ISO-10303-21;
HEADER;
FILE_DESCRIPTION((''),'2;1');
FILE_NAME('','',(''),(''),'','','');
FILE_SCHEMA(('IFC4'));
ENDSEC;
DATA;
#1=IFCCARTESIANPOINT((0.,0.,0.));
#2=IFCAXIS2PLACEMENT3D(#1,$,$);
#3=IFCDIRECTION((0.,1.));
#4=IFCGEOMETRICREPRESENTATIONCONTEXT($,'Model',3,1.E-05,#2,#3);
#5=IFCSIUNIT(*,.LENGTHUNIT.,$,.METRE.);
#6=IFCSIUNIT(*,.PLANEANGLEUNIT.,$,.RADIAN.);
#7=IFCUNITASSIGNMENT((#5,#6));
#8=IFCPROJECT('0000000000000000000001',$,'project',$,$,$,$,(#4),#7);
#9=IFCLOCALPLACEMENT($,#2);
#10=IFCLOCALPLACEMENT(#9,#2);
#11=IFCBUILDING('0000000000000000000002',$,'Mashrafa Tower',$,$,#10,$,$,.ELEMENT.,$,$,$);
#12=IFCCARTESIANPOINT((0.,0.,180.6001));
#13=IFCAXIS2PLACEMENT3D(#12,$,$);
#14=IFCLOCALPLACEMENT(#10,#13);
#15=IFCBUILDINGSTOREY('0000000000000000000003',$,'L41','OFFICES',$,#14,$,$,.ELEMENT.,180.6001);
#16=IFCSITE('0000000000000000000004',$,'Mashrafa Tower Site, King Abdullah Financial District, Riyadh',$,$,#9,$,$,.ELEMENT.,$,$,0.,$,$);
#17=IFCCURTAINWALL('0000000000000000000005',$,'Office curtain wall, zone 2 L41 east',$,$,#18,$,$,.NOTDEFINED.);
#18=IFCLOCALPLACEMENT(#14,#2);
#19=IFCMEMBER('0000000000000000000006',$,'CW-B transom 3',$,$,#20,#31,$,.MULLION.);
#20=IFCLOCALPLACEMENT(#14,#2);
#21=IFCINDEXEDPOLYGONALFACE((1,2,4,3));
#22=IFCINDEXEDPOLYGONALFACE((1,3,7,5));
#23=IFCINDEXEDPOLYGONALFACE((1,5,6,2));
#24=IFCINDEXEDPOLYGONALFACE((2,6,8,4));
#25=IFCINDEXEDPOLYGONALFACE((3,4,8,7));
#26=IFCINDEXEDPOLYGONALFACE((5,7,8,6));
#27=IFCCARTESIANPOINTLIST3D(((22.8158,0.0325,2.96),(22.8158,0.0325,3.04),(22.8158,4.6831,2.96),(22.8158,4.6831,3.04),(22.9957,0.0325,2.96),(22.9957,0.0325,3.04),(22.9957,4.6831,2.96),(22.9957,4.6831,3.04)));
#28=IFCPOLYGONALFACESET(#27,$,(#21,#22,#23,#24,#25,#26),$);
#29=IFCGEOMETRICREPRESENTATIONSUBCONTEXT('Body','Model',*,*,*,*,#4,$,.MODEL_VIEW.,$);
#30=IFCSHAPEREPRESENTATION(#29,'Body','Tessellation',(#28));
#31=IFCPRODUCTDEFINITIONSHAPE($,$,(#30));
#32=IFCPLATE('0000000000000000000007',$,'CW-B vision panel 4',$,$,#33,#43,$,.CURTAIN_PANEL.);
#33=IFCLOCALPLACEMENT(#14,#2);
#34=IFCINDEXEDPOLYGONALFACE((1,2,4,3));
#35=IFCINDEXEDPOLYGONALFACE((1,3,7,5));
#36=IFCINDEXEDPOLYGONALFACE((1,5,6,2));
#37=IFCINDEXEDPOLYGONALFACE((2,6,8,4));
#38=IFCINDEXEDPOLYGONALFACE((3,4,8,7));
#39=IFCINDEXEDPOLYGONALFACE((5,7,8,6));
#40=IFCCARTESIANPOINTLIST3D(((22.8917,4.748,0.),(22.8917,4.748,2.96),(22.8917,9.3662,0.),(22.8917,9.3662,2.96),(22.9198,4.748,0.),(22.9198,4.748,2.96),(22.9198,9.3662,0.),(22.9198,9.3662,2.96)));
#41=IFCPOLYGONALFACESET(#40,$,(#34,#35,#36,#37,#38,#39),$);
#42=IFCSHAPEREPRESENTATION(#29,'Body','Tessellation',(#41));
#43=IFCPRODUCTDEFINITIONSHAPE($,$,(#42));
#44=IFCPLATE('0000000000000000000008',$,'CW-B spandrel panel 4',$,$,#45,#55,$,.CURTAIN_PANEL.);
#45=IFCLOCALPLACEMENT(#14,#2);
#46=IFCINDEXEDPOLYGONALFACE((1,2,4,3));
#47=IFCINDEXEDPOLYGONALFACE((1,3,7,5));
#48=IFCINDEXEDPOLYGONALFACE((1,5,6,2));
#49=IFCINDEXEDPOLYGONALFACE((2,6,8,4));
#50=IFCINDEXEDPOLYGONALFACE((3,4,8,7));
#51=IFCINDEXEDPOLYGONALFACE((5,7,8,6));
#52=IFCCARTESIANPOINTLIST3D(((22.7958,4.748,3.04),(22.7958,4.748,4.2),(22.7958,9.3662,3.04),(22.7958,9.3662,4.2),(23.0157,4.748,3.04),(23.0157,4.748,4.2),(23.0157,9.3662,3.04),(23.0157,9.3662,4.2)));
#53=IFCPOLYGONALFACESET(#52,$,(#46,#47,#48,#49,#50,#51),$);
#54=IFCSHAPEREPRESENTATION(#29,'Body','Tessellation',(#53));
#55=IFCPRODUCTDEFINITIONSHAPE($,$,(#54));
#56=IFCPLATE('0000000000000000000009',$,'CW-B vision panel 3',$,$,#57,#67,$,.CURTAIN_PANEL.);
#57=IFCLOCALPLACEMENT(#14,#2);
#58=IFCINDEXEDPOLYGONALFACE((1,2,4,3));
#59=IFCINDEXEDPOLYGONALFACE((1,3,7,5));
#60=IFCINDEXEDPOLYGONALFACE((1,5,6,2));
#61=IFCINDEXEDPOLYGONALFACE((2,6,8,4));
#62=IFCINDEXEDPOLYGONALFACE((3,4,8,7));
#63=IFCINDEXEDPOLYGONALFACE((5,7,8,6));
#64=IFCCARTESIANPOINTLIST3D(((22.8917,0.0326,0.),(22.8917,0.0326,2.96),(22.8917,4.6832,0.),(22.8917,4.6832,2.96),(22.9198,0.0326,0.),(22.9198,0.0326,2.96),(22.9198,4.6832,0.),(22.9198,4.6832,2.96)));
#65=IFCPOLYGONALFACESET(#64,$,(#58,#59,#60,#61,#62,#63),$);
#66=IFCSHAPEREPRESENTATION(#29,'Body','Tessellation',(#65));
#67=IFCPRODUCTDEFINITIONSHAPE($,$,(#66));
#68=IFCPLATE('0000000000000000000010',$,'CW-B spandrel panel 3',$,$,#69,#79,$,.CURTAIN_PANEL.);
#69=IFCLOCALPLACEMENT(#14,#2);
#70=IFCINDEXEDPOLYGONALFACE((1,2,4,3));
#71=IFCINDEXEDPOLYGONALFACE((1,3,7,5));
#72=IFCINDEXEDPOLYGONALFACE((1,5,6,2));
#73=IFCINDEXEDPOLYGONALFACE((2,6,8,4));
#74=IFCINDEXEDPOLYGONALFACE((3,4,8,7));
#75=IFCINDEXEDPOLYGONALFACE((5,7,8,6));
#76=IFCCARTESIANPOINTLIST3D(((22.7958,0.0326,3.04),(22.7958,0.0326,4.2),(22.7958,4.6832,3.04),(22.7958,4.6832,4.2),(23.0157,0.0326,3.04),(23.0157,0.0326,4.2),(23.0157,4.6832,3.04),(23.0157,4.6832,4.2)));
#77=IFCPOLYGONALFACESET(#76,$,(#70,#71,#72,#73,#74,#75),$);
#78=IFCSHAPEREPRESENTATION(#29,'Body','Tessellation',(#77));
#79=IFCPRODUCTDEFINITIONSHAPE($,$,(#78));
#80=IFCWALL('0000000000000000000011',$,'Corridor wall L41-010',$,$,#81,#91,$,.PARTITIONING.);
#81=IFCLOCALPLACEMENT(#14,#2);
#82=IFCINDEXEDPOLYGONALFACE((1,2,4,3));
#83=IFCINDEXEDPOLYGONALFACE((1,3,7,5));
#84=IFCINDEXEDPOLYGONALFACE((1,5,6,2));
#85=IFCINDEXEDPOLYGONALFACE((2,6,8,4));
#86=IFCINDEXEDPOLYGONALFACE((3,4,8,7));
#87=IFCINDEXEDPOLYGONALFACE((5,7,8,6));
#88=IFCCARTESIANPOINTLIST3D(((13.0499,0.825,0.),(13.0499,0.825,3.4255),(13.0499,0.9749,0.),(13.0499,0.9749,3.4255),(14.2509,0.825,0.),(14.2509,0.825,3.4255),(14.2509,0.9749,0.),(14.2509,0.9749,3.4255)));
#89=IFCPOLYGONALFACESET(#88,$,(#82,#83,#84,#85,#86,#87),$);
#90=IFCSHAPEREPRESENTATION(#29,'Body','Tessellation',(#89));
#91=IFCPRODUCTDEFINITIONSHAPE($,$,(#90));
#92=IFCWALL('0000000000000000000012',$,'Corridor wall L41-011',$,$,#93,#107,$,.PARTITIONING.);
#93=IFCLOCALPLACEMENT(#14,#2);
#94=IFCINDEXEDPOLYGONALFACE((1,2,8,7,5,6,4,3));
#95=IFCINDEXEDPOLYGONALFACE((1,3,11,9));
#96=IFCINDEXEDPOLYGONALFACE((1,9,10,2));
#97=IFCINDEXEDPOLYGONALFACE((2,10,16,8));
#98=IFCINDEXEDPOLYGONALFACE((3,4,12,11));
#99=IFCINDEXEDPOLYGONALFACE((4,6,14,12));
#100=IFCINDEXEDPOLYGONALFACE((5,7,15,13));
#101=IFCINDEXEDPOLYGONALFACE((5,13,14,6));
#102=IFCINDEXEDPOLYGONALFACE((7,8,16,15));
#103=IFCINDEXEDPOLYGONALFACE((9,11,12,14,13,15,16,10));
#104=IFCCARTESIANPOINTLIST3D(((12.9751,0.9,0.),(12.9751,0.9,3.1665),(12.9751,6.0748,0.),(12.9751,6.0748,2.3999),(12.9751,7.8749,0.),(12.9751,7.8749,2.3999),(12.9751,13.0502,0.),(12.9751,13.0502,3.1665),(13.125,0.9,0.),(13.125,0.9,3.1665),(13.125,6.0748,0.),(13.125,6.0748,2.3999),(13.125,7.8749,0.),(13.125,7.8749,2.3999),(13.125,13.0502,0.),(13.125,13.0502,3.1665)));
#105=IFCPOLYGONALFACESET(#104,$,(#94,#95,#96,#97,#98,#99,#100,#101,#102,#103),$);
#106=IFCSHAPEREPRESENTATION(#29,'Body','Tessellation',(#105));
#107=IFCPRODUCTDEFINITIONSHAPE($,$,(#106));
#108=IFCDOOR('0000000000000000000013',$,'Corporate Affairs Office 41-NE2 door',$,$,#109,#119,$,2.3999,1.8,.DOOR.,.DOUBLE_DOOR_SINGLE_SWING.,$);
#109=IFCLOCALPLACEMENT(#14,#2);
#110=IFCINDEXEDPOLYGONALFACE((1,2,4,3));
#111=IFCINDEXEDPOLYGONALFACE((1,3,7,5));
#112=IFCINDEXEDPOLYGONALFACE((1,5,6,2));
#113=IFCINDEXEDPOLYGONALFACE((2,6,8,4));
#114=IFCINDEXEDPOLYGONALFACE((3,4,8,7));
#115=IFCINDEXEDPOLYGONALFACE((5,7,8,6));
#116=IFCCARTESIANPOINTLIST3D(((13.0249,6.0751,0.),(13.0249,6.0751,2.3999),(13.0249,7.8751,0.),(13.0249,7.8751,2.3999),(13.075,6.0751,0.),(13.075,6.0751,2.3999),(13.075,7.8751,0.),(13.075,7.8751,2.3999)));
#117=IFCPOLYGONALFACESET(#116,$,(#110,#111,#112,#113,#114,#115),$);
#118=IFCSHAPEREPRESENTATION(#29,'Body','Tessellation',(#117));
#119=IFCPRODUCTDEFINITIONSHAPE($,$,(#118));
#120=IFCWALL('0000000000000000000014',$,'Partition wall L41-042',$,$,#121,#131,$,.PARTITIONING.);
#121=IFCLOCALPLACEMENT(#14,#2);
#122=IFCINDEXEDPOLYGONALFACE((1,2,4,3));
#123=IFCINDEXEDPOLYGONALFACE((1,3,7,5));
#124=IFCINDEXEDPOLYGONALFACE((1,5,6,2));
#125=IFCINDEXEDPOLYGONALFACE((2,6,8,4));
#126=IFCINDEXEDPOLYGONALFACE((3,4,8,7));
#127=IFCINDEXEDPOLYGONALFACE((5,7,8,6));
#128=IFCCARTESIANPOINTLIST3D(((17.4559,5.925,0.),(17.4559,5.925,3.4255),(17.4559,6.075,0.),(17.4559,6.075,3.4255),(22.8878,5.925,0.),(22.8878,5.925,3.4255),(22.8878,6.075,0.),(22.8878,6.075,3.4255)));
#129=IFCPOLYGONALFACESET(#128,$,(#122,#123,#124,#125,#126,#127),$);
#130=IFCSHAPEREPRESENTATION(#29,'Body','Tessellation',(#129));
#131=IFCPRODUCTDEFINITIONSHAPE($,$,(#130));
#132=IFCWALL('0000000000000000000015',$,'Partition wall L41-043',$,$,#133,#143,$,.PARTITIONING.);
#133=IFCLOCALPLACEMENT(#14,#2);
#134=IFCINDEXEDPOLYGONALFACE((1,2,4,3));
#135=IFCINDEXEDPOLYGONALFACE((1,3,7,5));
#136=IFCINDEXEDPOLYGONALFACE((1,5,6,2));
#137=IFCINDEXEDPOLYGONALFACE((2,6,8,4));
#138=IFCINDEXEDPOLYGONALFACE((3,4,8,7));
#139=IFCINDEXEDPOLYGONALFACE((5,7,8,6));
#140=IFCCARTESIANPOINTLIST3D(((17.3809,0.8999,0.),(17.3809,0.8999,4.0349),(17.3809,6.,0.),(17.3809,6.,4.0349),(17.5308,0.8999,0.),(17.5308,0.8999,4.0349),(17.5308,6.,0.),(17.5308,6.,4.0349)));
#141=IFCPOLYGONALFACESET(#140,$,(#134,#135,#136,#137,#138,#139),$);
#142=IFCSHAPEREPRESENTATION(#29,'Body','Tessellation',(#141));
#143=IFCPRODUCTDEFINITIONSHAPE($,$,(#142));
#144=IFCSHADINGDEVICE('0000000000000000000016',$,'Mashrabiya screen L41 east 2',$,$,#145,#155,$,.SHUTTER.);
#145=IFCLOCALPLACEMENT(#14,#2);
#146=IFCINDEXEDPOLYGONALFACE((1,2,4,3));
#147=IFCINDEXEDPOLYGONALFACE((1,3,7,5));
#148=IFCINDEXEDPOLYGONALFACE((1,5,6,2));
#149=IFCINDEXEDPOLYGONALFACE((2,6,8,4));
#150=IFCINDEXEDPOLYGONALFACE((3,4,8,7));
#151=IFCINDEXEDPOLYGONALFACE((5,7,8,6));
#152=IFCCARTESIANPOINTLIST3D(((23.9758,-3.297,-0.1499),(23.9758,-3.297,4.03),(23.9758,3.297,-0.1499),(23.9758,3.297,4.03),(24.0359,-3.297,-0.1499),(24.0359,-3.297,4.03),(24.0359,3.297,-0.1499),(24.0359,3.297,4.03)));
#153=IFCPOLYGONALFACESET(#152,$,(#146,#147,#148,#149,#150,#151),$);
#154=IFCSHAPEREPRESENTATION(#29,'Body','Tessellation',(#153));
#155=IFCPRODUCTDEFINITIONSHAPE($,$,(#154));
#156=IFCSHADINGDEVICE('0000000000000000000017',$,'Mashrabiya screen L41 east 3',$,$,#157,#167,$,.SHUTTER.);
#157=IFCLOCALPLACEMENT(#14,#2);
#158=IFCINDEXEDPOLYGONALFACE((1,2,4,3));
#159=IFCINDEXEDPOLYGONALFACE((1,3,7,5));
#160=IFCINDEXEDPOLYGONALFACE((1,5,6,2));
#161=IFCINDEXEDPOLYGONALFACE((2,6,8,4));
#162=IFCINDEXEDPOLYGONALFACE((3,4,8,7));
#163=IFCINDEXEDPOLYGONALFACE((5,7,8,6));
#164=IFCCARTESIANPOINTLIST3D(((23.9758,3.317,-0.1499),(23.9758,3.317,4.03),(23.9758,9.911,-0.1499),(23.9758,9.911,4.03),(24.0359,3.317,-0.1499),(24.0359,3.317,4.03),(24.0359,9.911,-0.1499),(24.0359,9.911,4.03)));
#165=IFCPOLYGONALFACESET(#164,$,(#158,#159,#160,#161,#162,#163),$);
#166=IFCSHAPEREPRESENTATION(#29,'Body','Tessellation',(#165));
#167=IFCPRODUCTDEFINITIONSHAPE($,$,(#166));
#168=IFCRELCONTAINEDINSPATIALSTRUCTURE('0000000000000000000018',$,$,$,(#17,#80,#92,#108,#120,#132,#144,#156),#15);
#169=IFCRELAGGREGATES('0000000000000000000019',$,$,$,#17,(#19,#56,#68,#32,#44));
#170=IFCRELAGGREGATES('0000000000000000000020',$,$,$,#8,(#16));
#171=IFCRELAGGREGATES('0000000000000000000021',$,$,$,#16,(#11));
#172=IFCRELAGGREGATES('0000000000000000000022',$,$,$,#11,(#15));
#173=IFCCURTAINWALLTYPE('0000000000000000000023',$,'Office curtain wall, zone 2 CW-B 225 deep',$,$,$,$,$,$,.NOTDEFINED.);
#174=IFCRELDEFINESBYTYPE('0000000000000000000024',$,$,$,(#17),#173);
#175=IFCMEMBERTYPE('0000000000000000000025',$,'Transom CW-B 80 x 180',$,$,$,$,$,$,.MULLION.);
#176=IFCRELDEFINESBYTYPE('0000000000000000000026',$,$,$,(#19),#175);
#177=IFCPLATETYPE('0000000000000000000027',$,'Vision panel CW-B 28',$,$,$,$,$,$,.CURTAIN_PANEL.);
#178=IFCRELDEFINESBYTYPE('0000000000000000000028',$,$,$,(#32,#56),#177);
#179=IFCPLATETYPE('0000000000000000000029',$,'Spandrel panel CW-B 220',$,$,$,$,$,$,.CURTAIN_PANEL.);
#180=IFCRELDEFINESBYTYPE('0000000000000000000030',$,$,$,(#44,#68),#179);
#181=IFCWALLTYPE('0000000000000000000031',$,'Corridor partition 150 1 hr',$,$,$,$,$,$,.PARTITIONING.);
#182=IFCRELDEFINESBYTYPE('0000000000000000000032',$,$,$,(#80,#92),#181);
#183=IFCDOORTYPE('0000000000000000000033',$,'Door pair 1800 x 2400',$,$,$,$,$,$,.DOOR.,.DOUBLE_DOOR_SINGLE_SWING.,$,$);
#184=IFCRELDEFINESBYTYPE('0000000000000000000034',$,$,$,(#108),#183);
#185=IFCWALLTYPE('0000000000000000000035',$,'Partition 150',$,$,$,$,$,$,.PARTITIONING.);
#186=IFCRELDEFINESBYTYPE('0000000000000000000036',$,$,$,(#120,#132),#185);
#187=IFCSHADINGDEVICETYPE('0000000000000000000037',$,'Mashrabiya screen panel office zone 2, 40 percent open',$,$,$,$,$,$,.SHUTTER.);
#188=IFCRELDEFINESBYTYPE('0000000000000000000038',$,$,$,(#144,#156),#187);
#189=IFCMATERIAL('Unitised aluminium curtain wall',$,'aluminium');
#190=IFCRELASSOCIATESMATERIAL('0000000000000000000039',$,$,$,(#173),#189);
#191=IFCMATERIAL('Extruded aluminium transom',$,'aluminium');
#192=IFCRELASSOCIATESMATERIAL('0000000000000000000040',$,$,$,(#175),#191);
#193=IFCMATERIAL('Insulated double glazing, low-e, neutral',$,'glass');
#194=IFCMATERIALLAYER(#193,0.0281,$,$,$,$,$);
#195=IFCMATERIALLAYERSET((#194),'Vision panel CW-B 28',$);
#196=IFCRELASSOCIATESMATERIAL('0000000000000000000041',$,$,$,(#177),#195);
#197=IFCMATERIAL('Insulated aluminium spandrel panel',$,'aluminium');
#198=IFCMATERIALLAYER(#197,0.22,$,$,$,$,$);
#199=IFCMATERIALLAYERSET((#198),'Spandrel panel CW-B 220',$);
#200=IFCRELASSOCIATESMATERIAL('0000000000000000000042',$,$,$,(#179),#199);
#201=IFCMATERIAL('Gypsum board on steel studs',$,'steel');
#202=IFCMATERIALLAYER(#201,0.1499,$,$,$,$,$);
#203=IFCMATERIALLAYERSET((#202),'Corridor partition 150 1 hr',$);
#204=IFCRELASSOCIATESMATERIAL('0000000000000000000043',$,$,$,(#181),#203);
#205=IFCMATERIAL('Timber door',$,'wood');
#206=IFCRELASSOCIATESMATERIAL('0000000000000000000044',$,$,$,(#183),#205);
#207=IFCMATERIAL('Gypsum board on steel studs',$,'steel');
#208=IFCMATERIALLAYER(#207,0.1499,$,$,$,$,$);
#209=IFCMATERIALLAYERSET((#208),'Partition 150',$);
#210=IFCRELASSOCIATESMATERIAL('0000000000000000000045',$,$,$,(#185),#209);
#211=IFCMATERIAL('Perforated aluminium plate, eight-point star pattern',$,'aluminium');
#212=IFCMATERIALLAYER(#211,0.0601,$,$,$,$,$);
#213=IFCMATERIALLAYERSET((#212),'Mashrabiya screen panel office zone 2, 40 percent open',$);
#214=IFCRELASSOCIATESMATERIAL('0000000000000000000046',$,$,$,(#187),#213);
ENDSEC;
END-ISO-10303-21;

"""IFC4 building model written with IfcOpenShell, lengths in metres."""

from ifc_helpers import new_model, si_unit, direction, frame, frame_2d, origin, origin_2d, place, context, subcontext, project, spatial, rectangle, extrude, source, transform, mapped, material, layer, layer_set, material_profile, profile_set, type_object, type_shapes, element, fill, aggregate, save


model = new_model("IFC4")

# Units and contexts
model_context = context("Model", 3, precision=1e-05, world=origin(), true_north=direction((0.0, 1.0)))
body_context = subcontext(model_context, "Body", "Model", "MODEL_VIEW")
ifc_project = project(units=[si_unit("LENGTHUNIT", "METRE"), si_unit("PLANEANGLEUNIT", "RADIAN")], contexts=[model_context])

# Site, building, storey
site_placement = place(None, origin())
site = spatial("IfcSite", under=ifc_project, at=site_placement, Name="Mashrafa Tower Site, King Abdullah Financial District, Riyadh", CompositionType="ELEMENT", RefElevation=0.0)
building_placement = place(site_placement, origin())
building = spatial("IfcBuilding", under=site, at=building_placement, Name="Mashrafa Tower", CompositionType="ELEMENT")
storey_placement = place(building_placement, frame((0.0, 0.0, 180.6001)))
storey = spatial("IfcBuildingStorey", under=building, at=storey_placement, Name="L41", Description="OFFICES", CompositionType="ELEMENT", Elevation=180.6001)

# Curtain wall
ifc_material_1 = material(Name="Unitised aluminium curtain wall", Category="aluminium")
curtain_wall_type = type_object("IfcCurtainWallType", Name="Office curtain wall, zone 2 CW-B 225 deep", PredefinedType="NOTDEFINED", material=ifc_material_1)
curtain_wall_1_placement = place(storey_placement, origin())
curtain_wall_1 = element("IfcCurtainWall", 1, at=curtain_wall_1_placement, inside=storey, type_object=curtain_wall_type, Name="Office curtain wall, zone 2 L41 east", PredefinedType="NOTDEFINED")

# Member
ifc_material_2 = material(Name="Extruded aluminium transom", Category="aluminium")
ifc_material_profile_1 = material_profile(ifc_material_2, rectangle(XDim=0.1799, YDim=0.0801, at=origin_2d()), Name="Transom 80x180")
ifc_profile_set_1 = profile_set([ifc_material_profile_1], Name="Extruded aluminium transom")
member_type_1 = type_object("IfcMemberType", Name="Transom CW-B 80 x 180", PredefinedType="MULLION", material=ifc_profile_set_1)
shared_shape_1 = source(origin(), body_context, "Body", "SweptSolid", [
    extrude(rectangle(XDim=0.1799, YDim=0.0801, at=origin_2d()), origin(), (0.0, 0.0, 1.0), 4.6506),
])
member_1_placement = place(storey_placement, frame((22.9058, 0.0325, 3.0), z_axis=(0.0, 1.0, 0.0), x_axis=(-1.0, 0.0, 0.0)))
member_1 = element("IfcMember", 2, at=member_1_placement, type_object=member_type_1, Name="CW-B transom 3", PredefinedType="MULLION", context=body_context, shape_type="MappedRepresentation", body=[
    mapped(shared_shape_1, transform((0.0, 0.0, 0.0))),
])

# Plates
ifc_material_3 = material(Name="Insulated double glazing, low-e, neutral", Category="glass")
ifc_layer_1 = layer(ifc_material_3, 0.0281)
ifc_layer_set_1 = layer_set([ifc_layer_1], Name="Vision panel CW-B 28")
plate_type_1 = type_object("IfcPlateType", Name="Vision panel CW-B 28", PredefinedType="CURTAIN_PANEL", material=ifc_layer_set_1)
shared_shape_2 = source(origin(), body_context, "Body", "SweptSolid", [
    extrude(rectangle(XDim=4.6182, YDim=0.0281, at=origin_2d()), origin(), (0.0, 0.0, 1.0), 2.96),
])
plate_1_placement = place(storey_placement, frame((22.9058, 7.0571, 0.0), z_axis=(0.0, 0.0, 1.0), x_axis=(0.0, 1.0, 0.0)))
plate_1 = element("IfcPlate", 3, at=plate_1_placement, type_object=plate_type_1, Name="CW-B vision panel 4", PredefinedType="CURTAIN_PANEL", context=body_context, shape_type="MappedRepresentation", body=[
    mapped(shared_shape_2, transform((0.0, 0.0, 0.0))),
])
ifc_material_4 = material(Name="Insulated aluminium spandrel panel", Category="aluminium")
ifc_layer_2 = layer(ifc_material_4, 0.22)
ifc_layer_set_2 = layer_set([ifc_layer_2], Name="Spandrel panel CW-B 220")
plate_type_2 = type_object("IfcPlateType", Name="Spandrel panel CW-B 220", PredefinedType="CURTAIN_PANEL", material=ifc_layer_set_2)
shared_shape_3 = source(origin(), body_context, "Body", "SweptSolid", [
    extrude(rectangle(XDim=4.6182, YDim=0.22, at=origin_2d()), origin(), (0.0, 0.0, 1.0), 1.1599),
])
plate_2_placement = place(storey_placement, frame((22.9058, 7.0571, 3.04), z_axis=(0.0, 0.0, 1.0), x_axis=(0.0, 1.0, 0.0)))
plate_2 = element("IfcPlate", 4, at=plate_2_placement, type_object=plate_type_2, Name="CW-B spandrel panel 4", PredefinedType="CURTAIN_PANEL", context=body_context, shape_type="MappedRepresentation", body=[
    mapped(shared_shape_3, transform((0.0, 0.0, 0.0))),
])
shared_shape_4 = source(origin(), body_context, "Body", "SweptSolid", [
    extrude(rectangle(XDim=4.6506, YDim=0.0281, at=origin_2d()), origin(), (0.0, 0.0, 1.0), 2.96),
])
type_shapes(plate_type_1, [shared_shape_2, shared_shape_4])
plate_3_placement = place(storey_placement, frame((22.9058, 2.3579, 0.0), z_axis=(0.0, 0.0, 1.0), x_axis=(0.0, 1.0, 0.0)))
plate_3 = element("IfcPlate", 5, at=plate_3_placement, type_object=plate_type_1, Name="CW-B vision panel 3", PredefinedType="CURTAIN_PANEL", context=body_context, shape_type="MappedRepresentation", body=[
    mapped(shared_shape_4, transform((0.0, 0.0, 0.0))),
])
shared_shape_5 = source(origin(), body_context, "Body", "SweptSolid", [
    extrude(rectangle(XDim=4.6506, YDim=0.22, at=origin_2d()), origin(), (0.0, 0.0, 1.0), 1.1599),
])
type_shapes(plate_type_2, [shared_shape_3, shared_shape_5])
plate_4_placement = place(storey_placement, frame((22.9058, 2.3579, 3.04), z_axis=(0.0, 0.0, 1.0), x_axis=(0.0, 1.0, 0.0)))
plate_4 = element("IfcPlate", 6, at=plate_4_placement, type_object=plate_type_2, Name="CW-B spandrel panel 3", PredefinedType="CURTAIN_PANEL", context=body_context, shape_type="MappedRepresentation", body=[
    mapped(shared_shape_5, transform((0.0, 0.0, 0.0))),
])
aggregate(curtain_wall_1, [member_1, plate_3, plate_4, plate_1, plate_2])

# Shared definitions
ifc_material_5 = material(Name="Gypsum board on steel studs", Category="steel")
ifc_layer_3 = layer(ifc_material_5, 0.1499)
ifc_layer_set_3 = layer_set([ifc_layer_3], Name="Corridor partition 150 1 hr")
wall_type_1 = type_object("IfcWallType", Name="Corridor partition 150 1 hr", PredefinedType="PARTITIONING", material=ifc_layer_set_3)
ifc_material_6 = material(Name="Timber door", Category="wood")
door_type = type_object("IfcDoorType", Name="Door pair 1800 x 2400", OperationType="DOUBLE_DOOR_SINGLE_SWING", PredefinedType="DOOR", material=ifc_material_6)

# Wall
wall_1_placement = place(storey_placement, frame((14.251, 0.8999, 0.0), z_axis=(0.0, 0.0, 1.0), x_axis=(-1.0, 0.0, 0.0)))
element("IfcWall", 7, at=wall_1_placement, inside=storey, type_object=wall_type_1, Name="Corridor wall L41-010", PredefinedType="PARTITIONING", context=body_context, shape_type="SweptSolid", body=[
    extrude(rectangle(XDim=1.2009, YDim=0.1499, at=frame_2d((0.6006, 0.0))), origin(), (0.0, 0.0, 1.0), 3.4255),
])

# Wall, opening, door
wall_2_placement = place(storey_placement, frame((13.05, 0.8999, 0.0), z_axis=(0.0, 0.0, 1.0), x_axis=(0.0, 1.0, 0.0)))
wall_2 = element("IfcWall", 8, at=wall_2_placement, inside=storey, type_object=wall_type_1, Name="Corridor wall L41-011", PredefinedType="PARTITIONING", context=body_context, shape_type="SweptSolid", body=[
    extrude(rectangle(XDim=12.1501, YDim=0.1499, at=frame_2d((6.0752, 0.0))), origin(), (0.0, 0.0, 1.0), 3.1665),
])
opening_1_placement = place(wall_2_placement, frame((5.175, 0.0, 0.0)))
opening_1 = element("IfcOpeningElement", 9, at=opening_1_placement, cuts=wall_2, PredefinedType="OPENING", context=body_context, shape_type="SweptSolid", body=[
    extrude(rectangle(XDim=1.8, YDim=2.3999, at=frame_2d((0.8999, 1.2))), frame((0.0, 0.085, 0.0), z_axis=(0.0, -1.0, 0.0), x_axis=(1.0, 0.0, 0.0)), (0.0, 0.0, 1.0), 0.1699),
])
door_1_placement = place(opening_1_placement, frame((1.8, 0.0, 0.0), z_axis=(0.0, 0.0, 1.0), x_axis=(-1.0, 0.0, 0.0)))
door_1 = element("IfcDoor", 10, at=door_1_placement, inside=storey, type_object=door_type, Name="Corporate Affairs Office 41-NE2 door", OperationType="DOUBLE_DOOR_SINGLE_SWING", OverallHeight=2.3999, OverallWidth=1.8, PredefinedType="DOOR", context=body_context, shape_type="SweptSolid", body=[
    extrude(rectangle(XDim=1.8, YDim=2.3999, at=frame_2d((0.8999, 1.2))), frame((0.0, 0.0249, 0.0), z_axis=(0.0, -1.0, 0.0), x_axis=(1.0, 0.0, 0.0)), (0.0, 0.0, 1.0), 0.05),
])
fill(opening_1, door_1)

# Walls
ifc_material_7 = material(Name="Gypsum board on steel studs", Category="steel")
ifc_layer_4 = layer(ifc_material_7, 0.1499)
ifc_layer_set_4 = layer_set([ifc_layer_4], Name="Partition 150")
wall_type_2 = type_object("IfcWallType", Name="Partition 150", PredefinedType="PARTITIONING", material=ifc_layer_set_4)
wall_3_placement = place(storey_placement, frame((22.8877, 6.0, 0.0), z_axis=(0.0, 0.0, 1.0), x_axis=(-1.0, 0.0, 0.0)))
element("IfcWall", 11, at=wall_3_placement, inside=storey, type_object=wall_type_2, Name="Partition wall L41-042", PredefinedType="PARTITIONING", context=body_context, shape_type="SweptSolid", body=[
    extrude(rectangle(XDim=5.4319, YDim=0.1499, at=frame_2d((2.7158, 0.0))), origin(), (0.0, 0.0, 1.0), 3.4255),
])
wall_4_placement = place(storey_placement, frame((17.4558, 6.0, 0.0), z_axis=(0.0, 0.0, 1.0), x_axis=(0.0, -1.0, 0.0)))
element("IfcWall", 12, at=wall_4_placement, inside=storey, type_object=wall_type_2, Name="Partition wall L41-043", PredefinedType="PARTITIONING", context=body_context, shape_type="SweptSolid", body=[
    extrude(rectangle(XDim=5.1001, YDim=0.1499, at=frame_2d((2.55, 0.0))), origin(), (0.0, 0.0, 1.0), 4.0349),
])

# Shading devices
ifc_material_8 = material(Name="Perforated aluminium plate, eight-point star pattern", Category="aluminium")
ifc_layer_5 = layer(ifc_material_8, 0.0601)
ifc_layer_set_5 = layer_set([ifc_layer_5], Name="Mashrabiya screen panel office zone 2, 40 percent open")
shading_device_type = type_object("IfcShadingDeviceType", Name="Mashrabiya screen panel office zone 2, 40 percent open", PredefinedType="SHUTTER", material=ifc_layer_set_5)
shared_shape_6 = source(origin(), body_context, "Body", "SweptSolid", [
    extrude(rectangle(XDim=6.594, YDim=0.0601, at=origin_2d()), origin(), (0.0, 0.0, 1.0), 4.1799),
])
type_shapes(shading_device_type, [shared_shape_6])
for number, where, z_axis, x_axis, name in (
    (13, (24.0059, 0.0, -0.1499), (0.0, 0.0, 1.0), (0.0, 1.0, 0.0), "Mashrabiya screen L41 east 2"),
    (14, (24.0059, 6.614, -0.1499), (0.0, 0.0, 1.0), (0.0, 1.0, 0.0), "Mashrabiya screen L41 east 3"),
):
    element("IfcShadingDevice", number, at=place(storey_placement, frame(where, z_axis=z_axis, x_axis=x_axis)), inside=storey, type_object=shading_device_type, Name=name, PredefinedType="SHUTTER", context=body_context, shape_type="MappedRepresentation", body=[
        mapped(shared_shape_6, transform((0.0, 0.0, 0.0))),
    ])

save(model, "model.ifc")
